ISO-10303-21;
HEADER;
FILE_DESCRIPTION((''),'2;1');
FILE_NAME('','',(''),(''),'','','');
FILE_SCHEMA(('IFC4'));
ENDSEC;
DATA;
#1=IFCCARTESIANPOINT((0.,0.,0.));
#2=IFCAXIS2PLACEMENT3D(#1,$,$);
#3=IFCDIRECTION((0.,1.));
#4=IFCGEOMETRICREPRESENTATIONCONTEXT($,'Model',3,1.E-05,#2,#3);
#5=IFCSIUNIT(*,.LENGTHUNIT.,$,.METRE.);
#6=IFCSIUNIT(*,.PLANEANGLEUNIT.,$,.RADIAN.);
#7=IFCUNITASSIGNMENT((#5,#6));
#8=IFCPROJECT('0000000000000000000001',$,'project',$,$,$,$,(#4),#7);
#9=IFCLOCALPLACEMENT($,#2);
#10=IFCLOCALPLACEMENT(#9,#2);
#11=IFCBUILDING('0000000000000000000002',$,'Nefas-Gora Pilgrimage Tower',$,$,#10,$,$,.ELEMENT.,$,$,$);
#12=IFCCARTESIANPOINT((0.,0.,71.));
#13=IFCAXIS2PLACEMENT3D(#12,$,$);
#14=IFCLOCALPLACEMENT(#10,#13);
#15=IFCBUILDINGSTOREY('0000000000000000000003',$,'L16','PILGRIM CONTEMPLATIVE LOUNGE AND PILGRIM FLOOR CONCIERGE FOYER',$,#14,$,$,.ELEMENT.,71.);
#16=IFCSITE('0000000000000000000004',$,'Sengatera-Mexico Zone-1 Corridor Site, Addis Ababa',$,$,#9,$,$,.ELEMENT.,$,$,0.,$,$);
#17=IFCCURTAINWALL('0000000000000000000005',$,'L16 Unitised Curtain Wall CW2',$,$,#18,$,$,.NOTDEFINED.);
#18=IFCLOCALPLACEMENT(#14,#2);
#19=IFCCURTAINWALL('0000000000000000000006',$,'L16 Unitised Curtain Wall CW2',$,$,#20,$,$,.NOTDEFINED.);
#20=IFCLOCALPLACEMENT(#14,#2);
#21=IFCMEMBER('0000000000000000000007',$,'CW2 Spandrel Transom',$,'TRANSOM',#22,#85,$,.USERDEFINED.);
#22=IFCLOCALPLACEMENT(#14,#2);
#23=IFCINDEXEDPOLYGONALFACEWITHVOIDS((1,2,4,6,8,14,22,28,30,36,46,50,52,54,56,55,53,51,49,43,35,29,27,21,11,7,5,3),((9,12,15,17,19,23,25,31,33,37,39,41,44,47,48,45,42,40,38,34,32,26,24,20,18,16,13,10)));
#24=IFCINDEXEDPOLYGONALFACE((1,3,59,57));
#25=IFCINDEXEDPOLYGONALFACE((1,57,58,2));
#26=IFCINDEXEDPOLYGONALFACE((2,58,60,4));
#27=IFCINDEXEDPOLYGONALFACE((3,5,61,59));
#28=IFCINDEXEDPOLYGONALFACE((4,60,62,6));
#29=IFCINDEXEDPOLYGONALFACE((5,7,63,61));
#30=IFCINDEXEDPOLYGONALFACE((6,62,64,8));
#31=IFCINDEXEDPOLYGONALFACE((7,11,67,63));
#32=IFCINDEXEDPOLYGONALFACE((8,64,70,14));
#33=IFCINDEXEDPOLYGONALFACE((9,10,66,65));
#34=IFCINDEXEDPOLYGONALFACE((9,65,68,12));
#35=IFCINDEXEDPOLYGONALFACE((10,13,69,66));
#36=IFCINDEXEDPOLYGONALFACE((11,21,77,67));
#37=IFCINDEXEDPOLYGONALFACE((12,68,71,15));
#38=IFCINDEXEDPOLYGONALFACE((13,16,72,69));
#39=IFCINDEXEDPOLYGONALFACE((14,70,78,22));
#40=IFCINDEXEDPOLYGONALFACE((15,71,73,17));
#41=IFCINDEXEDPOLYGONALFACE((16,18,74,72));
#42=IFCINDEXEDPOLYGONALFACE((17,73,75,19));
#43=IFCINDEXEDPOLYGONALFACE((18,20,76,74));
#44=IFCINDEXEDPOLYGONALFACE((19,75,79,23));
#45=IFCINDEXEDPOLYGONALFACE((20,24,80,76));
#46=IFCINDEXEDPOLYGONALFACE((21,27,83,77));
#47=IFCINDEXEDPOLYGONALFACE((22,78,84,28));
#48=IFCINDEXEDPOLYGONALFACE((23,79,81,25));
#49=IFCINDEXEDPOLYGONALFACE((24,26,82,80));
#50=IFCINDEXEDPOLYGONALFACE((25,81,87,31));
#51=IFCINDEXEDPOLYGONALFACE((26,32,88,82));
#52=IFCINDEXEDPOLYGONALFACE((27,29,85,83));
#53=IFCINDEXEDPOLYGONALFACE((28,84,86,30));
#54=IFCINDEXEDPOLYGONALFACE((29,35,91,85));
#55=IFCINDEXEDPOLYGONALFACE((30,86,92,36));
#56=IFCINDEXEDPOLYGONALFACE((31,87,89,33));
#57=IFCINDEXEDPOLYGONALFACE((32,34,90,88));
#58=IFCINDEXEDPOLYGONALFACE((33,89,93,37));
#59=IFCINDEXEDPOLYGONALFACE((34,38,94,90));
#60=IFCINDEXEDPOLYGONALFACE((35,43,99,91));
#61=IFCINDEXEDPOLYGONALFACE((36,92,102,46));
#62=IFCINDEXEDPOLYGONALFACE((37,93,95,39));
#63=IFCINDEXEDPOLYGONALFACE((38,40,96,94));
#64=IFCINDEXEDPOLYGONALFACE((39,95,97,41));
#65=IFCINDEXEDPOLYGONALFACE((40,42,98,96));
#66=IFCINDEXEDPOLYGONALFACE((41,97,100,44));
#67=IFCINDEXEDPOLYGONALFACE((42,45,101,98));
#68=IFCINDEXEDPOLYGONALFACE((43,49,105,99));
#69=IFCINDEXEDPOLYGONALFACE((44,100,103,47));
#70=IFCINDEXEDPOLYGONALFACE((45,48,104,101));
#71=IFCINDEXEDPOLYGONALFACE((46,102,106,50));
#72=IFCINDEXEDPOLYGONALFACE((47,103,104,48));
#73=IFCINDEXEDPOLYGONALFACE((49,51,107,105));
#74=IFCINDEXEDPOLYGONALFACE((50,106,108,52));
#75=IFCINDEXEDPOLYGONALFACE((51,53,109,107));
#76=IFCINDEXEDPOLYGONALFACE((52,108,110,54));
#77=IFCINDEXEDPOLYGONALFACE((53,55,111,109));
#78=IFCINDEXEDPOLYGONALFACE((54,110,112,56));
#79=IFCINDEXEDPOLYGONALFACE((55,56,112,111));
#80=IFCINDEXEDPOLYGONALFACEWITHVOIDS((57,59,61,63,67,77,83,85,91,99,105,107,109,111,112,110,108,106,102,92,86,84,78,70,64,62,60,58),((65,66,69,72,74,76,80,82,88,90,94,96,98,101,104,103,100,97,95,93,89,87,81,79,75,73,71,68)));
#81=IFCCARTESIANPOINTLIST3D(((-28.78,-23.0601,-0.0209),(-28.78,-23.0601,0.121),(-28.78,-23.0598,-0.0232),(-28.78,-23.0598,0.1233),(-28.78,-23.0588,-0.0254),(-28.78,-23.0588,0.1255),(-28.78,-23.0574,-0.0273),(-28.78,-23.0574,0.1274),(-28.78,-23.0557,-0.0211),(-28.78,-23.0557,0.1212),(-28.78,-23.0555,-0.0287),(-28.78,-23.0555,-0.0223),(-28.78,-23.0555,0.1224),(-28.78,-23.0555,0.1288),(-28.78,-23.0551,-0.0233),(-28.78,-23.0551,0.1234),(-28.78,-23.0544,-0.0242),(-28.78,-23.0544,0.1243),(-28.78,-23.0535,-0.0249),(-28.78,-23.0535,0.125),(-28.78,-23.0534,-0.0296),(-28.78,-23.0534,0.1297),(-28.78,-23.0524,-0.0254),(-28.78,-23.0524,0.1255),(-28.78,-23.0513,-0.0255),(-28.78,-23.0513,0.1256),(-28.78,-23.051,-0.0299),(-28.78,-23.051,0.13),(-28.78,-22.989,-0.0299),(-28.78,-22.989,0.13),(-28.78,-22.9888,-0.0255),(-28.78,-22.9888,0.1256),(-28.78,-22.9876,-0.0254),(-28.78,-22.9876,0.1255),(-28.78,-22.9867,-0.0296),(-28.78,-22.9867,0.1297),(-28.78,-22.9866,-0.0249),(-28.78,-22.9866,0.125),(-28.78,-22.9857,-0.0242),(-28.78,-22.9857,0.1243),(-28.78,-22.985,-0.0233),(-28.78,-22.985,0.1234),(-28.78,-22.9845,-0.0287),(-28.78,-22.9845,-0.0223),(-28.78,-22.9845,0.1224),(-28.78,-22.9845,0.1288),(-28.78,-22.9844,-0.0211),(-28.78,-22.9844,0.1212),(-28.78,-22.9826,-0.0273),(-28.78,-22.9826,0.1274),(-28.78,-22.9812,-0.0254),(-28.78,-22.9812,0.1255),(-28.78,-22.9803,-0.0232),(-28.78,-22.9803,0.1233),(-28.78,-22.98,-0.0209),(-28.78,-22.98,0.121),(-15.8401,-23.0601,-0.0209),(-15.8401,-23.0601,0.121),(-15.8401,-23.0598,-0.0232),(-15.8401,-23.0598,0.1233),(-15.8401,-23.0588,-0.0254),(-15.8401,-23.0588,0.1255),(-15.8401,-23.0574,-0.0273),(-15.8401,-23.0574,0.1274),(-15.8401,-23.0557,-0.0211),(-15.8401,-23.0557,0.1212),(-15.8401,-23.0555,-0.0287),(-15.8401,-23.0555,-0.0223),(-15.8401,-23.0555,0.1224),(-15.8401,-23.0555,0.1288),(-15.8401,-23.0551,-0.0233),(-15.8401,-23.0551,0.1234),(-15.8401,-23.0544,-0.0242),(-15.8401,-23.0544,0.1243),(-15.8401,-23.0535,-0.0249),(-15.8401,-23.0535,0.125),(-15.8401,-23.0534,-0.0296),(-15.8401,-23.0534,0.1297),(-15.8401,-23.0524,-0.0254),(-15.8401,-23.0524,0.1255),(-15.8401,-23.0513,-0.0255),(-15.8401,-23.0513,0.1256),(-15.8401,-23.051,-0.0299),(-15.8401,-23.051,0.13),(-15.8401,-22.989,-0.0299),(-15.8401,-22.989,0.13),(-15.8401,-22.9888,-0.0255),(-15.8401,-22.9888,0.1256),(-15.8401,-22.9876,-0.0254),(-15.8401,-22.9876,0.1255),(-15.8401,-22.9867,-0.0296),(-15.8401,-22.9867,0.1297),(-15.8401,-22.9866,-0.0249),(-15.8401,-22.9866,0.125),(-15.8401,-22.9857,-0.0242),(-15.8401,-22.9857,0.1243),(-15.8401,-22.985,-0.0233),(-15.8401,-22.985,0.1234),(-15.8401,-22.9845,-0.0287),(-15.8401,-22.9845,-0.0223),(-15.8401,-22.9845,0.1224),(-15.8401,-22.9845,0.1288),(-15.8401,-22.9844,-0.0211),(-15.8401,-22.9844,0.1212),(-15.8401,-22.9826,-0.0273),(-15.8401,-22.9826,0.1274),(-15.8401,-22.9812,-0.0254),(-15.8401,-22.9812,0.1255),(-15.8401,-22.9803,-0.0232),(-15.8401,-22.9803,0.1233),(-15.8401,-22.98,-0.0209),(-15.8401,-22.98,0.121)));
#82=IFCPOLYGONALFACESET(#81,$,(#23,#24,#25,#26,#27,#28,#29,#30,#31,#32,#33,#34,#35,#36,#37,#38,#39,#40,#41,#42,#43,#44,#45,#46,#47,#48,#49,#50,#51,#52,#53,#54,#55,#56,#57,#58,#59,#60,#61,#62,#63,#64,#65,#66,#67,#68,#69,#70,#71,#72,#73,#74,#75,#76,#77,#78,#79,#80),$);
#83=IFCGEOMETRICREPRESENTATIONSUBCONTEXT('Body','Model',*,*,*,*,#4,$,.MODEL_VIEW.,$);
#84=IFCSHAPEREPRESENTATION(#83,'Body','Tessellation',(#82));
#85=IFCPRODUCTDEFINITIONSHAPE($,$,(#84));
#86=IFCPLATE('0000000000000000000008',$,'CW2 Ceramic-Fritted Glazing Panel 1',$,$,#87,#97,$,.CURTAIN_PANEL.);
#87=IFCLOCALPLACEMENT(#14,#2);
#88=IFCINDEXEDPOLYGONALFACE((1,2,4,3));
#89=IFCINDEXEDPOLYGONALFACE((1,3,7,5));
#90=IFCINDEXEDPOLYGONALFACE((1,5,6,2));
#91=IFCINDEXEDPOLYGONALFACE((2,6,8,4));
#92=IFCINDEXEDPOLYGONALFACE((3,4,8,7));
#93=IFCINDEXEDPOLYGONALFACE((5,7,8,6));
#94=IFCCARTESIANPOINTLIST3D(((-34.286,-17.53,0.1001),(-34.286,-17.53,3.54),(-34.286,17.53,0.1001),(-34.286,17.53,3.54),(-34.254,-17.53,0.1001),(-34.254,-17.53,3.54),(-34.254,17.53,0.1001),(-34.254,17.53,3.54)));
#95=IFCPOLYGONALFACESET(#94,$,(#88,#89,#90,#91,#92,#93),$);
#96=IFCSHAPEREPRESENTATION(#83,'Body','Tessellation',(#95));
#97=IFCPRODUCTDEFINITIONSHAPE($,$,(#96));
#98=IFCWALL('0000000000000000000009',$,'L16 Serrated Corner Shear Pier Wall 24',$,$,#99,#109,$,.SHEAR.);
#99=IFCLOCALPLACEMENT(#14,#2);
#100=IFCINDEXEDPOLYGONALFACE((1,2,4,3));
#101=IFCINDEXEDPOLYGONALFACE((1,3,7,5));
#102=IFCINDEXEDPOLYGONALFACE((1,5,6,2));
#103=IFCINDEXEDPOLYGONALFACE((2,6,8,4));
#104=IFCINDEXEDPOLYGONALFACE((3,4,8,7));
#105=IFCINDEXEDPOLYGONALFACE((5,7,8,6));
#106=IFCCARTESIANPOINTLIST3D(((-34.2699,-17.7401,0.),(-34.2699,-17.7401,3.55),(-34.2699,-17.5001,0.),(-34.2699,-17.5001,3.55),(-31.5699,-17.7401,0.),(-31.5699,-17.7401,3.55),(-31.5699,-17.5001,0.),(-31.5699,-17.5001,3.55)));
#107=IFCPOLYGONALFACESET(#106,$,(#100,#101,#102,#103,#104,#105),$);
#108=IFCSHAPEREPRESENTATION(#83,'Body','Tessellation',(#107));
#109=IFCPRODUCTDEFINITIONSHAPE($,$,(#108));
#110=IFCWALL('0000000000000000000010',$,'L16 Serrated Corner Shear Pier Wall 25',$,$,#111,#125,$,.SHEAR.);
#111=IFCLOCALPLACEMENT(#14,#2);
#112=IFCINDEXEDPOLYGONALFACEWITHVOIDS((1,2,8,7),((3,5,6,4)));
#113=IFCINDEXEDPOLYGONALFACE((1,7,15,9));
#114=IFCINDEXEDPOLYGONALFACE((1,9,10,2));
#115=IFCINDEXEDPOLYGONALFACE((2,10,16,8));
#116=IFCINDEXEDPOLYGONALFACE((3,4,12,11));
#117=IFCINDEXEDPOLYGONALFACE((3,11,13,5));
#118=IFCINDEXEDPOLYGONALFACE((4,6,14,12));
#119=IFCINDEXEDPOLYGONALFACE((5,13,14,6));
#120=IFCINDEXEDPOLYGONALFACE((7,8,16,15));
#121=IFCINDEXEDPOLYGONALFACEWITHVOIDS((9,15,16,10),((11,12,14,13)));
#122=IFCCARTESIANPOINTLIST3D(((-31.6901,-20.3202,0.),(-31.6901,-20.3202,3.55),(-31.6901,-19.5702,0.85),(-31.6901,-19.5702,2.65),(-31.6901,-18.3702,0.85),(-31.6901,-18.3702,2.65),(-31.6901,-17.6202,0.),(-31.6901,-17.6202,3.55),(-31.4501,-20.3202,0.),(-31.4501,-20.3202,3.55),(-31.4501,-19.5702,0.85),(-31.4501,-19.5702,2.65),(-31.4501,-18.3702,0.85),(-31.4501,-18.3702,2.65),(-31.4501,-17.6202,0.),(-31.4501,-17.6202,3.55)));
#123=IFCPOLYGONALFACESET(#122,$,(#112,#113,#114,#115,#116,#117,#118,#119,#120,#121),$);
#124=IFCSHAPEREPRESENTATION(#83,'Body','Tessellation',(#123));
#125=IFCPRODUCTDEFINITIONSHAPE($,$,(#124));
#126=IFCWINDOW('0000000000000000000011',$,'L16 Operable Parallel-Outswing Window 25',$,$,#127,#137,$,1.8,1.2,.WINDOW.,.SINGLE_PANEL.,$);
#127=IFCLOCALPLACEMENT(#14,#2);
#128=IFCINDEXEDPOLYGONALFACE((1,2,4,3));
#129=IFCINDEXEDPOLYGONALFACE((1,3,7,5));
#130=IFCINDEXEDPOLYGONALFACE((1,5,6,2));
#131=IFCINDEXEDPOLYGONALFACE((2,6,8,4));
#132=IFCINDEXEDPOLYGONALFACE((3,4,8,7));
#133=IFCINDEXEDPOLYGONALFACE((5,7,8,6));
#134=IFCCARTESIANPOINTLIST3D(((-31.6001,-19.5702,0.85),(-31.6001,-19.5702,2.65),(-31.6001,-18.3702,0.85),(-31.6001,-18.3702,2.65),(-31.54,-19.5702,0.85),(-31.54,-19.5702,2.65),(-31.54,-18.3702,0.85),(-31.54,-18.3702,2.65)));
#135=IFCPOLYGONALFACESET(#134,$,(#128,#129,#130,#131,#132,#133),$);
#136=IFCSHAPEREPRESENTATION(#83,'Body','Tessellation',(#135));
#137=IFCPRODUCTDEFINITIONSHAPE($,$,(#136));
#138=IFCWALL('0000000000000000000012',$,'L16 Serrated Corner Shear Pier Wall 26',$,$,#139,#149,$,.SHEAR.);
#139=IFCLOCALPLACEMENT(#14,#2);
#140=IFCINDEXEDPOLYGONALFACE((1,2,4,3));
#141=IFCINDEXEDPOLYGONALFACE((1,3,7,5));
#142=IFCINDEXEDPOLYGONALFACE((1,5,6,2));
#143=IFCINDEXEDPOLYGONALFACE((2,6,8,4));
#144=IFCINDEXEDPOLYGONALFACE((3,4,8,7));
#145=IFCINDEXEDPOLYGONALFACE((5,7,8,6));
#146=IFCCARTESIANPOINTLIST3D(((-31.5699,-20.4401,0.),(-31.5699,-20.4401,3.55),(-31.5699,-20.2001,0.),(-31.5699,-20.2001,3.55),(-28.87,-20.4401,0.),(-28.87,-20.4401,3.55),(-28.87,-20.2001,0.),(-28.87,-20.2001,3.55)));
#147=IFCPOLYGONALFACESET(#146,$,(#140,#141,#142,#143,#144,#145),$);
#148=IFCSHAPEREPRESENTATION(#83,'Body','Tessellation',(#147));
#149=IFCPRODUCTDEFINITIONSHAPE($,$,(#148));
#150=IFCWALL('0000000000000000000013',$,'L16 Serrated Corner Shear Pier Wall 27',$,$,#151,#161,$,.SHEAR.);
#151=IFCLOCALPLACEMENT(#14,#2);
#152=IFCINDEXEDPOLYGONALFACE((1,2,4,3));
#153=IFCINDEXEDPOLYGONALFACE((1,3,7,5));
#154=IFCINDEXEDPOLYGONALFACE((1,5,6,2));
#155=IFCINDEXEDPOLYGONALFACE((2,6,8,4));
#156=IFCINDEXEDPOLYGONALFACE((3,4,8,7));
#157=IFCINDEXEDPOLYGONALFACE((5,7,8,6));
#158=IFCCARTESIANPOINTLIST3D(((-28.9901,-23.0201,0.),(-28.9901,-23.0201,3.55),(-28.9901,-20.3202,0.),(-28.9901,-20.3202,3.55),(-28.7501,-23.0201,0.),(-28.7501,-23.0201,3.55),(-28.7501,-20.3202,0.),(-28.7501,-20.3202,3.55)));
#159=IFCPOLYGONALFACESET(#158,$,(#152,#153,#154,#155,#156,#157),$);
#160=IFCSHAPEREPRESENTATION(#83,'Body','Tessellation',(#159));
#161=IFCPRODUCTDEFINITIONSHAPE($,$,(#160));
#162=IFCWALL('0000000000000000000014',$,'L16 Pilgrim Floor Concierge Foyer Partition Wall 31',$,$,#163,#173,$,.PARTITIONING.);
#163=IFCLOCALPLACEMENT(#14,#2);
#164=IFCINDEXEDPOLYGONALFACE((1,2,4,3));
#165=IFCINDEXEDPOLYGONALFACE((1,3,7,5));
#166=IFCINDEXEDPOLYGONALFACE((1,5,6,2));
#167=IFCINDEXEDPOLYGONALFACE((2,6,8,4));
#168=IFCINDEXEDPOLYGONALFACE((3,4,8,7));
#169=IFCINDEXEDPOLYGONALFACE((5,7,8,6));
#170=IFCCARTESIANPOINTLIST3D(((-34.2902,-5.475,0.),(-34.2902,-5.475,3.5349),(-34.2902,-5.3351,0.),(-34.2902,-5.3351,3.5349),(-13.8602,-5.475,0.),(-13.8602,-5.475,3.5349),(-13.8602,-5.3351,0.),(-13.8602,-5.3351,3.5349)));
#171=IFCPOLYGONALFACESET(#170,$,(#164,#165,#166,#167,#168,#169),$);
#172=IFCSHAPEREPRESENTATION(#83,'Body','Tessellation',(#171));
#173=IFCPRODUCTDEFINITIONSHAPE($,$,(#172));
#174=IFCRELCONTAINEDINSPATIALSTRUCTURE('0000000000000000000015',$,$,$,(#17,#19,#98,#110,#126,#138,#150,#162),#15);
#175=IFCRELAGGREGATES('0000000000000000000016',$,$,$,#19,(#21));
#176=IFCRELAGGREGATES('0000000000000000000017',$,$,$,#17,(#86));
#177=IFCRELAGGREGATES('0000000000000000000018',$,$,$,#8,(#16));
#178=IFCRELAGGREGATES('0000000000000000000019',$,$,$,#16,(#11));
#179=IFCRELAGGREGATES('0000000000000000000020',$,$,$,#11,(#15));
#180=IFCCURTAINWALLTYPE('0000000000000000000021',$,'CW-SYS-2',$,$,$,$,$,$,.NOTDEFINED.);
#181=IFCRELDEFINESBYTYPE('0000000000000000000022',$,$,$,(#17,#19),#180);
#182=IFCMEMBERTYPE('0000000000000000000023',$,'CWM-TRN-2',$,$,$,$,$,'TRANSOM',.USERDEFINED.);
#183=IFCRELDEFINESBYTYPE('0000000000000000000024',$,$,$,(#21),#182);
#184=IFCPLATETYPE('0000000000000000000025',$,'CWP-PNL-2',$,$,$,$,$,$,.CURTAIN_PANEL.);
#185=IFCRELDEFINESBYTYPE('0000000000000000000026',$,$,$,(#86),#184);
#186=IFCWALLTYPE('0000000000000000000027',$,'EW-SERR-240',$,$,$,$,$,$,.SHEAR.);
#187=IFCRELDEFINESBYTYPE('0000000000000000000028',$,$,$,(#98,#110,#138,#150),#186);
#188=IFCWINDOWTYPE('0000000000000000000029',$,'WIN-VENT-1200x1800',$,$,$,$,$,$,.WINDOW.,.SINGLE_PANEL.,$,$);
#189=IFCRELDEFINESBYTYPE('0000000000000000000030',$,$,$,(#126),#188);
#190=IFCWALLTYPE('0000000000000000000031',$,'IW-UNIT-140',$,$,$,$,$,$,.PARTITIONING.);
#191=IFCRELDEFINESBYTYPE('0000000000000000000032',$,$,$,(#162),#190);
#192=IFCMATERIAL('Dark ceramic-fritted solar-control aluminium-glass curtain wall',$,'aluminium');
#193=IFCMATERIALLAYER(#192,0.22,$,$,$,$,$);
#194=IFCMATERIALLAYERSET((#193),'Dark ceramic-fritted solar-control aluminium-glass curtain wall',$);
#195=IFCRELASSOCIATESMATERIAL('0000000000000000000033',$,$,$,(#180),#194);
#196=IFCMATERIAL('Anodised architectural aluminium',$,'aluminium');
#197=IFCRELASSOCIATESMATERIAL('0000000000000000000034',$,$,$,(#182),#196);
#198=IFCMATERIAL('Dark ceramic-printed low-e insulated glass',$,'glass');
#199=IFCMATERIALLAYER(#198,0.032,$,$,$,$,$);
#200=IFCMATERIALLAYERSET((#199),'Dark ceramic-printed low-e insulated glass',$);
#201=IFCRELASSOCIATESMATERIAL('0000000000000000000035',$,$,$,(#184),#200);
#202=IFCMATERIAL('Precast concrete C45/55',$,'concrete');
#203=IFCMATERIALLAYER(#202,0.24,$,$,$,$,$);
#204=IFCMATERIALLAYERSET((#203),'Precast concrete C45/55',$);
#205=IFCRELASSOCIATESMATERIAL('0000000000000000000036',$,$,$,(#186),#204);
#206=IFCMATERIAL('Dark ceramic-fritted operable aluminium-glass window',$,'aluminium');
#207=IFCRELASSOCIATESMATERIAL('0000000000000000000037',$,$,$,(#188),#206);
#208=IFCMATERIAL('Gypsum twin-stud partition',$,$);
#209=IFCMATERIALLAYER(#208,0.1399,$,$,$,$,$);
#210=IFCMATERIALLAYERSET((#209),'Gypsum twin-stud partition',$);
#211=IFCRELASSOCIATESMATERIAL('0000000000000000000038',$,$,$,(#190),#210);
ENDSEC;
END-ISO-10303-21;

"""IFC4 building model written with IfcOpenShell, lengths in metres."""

from ifc_helpers import new_model, si_unit, direction, frame, frame_2d, origin, origin_2d, place, context, subcontext, project, spatial, rectangle, hollow_rectangle, extrude, source, transform, mapped, material, layer, layer_set, material_profile, profile_set, type_object, element, fill, aggregate, save


model = new_model("IFC4")

# Units and contexts
model_context = context("Model", 3, precision=1e-05, world=origin(), true_north=direction((0.0, 1.0)))
body_context = subcontext(model_context, "Body", "Model", "MODEL_VIEW")
ifc_project = project(units=[si_unit("LENGTHUNIT", "METRE"), si_unit("PLANEANGLEUNIT", "RADIAN")], contexts=[model_context])

# Site, building, storey
site_placement = place(None, origin())
site = spatial("IfcSite", under=ifc_project, at=site_placement, Name="Sengatera-Mexico Zone-1 Corridor Site, Addis Ababa", CompositionType="ELEMENT", RefElevation=0.0)
building_placement = place(site_placement, origin())
building = spatial("IfcBuilding", under=site, at=building_placement, Name="Nefas-Gora Pilgrimage Tower", CompositionType="ELEMENT")
storey_placement = place(building_placement, frame((0.0, 0.0, 71.0)))
storey = spatial("IfcBuildingStorey", under=building, at=storey_placement, Name="L16", Description="PILGRIM CONTEMPLATIVE LOUNGE AND PILGRIM FLOOR CONCIERGE FOYER", CompositionType="ELEMENT", Elevation=71.0)

# Curtain wall
ifc_material_1 = material(Name="Dark ceramic-fritted solar-control aluminium-glass curtain wall", Category="aluminium")
ifc_layer_1 = layer(ifc_material_1, 0.22)
ifc_layer_set_1 = layer_set([ifc_layer_1], Name="Dark ceramic-fritted solar-control aluminium-glass curtain wall")
curtain_wall_type = type_object("IfcCurtainWallType", Name="CW-SYS-2", PredefinedType="NOTDEFINED", material=ifc_layer_set_1)
curtain_wall_1_placement = place(storey_placement, origin())
curtain_wall_1 = element("IfcCurtainWall", 1, at=curtain_wall_1_placement, inside=storey, type_object=curtain_wall_type, Name="L16 Unitised Curtain Wall CW2", PredefinedType="NOTDEFINED")
ifc_material_2 = material(Name="Anodised architectural aluminium", Category="aluminium")

# Curtain wall, member
curtain_wall_2_placement = place(storey_placement, origin())
curtain_wall_2 = element("IfcCurtainWall", 2, at=curtain_wall_2_placement, inside=storey, type_object=curtain_wall_type, Name="L16 Unitised Curtain Wall CW2", PredefinedType="NOTDEFINED")
ifc_material_profile_1 = material_profile(ifc_material_2, hollow_rectangle(XDim=0.0801, YDim=0.1599, WallThickness=0.0044, InnerFilletRadius=0.0044, OuterFilletRadius=0.009, at=origin_2d()), Name="ALU TRANSOM 80x160")
ifc_profile_set_1 = profile_set([ifc_material_profile_1], Name="Anodised architectural aluminium")
member_type_1 = type_object("IfcMemberType", Name="CWM-TRN-2", ElementType="TRANSOM", PredefinedType="USERDEFINED", material=ifc_profile_set_1)
shared_shape_1 = source(origin(), body_context, "Body", "SweptSolid", [
    extrude(hollow_rectangle(XDim=0.0801, YDim=0.1599, WallThickness=0.0044, InnerFilletRadius=0.0044, OuterFilletRadius=0.009, at=origin_2d()), origin(), (0.0, 0.0, 1.0), 12.9399),
])
member_1_placement = place(storey_placement, frame((-28.78, -23.02, 0.05), z_axis=(1.0, 0.0, 0.0), x_axis=(0.0, 1.0, 0.0)))
member_1 = element("IfcMember", 3, at=member_1_placement, type_object=member_type_1, Name="CW2 Spandrel Transom", ObjectType="TRANSOM", PredefinedType="USERDEFINED", context=body_context, shape_type="MappedRepresentation", body=[
    mapped(shared_shape_1, transform((0.0, 0.0, 0.0), x_axis=(1.0, 0.0, 0.0), y_axis=(0.0, 1.0, 0.0), z_axis=(0.0, 0.0, 1.0), scale=1.0)),
])
aggregate(curtain_wall_2, [member_1])

# Plate
ifc_material_3 = material(Name="Dark ceramic-printed low-e insulated glass", Category="glass")
ifc_layer_2 = layer(ifc_material_3, 0.032)
ifc_layer_set_2 = layer_set([ifc_layer_2], Name="Dark ceramic-printed low-e insulated glass")
plate_type = type_object("IfcPlateType", Name="CWP-PNL-2", PredefinedType="CURTAIN_PANEL", material=ifc_layer_set_2)
shared_shape_2 = source(origin(), body_context, "Body", "SweptSolid", [
    extrude(rectangle(XDim=35.0601, YDim=0.032, at=origin_2d()), origin(), (0.0, 0.0, 1.0), 3.4399),
])
plate_placement = place(storey_placement, frame((-34.27, 0.0, 0.1001), z_axis=(0.0, 0.0, 1.0), x_axis=(0.0, -1.0, 0.0)))
plate = element("IfcPlate", 4, at=plate_placement, type_object=plate_type, Name="CW2 Ceramic-Fritted Glazing Panel 1", PredefinedType="CURTAIN_PANEL", context=body_context, shape_type="MappedRepresentation", body=[
    mapped(shared_shape_2, transform((0.0, 0.0, 0.0), x_axis=(1.0, 0.0, 0.0), y_axis=(0.0, 1.0, 0.0), z_axis=(0.0, 0.0, 1.0), scale=1.0)),
])
aggregate(curtain_wall_1, [plate])

# Wall
ifc_material_4 = material(Name="Precast concrete C45/55", Category="concrete")
ifc_layer_3 = layer(ifc_material_4, 0.24)
ifc_layer_set_3 = layer_set([ifc_layer_3], Name="Precast concrete C45/55")
wall_type_1 = type_object("IfcWallType", Name="EW-SERR-240", PredefinedType="SHEAR", material=ifc_layer_set_3)
shared_shape_3 = source(origin(), body_context, "Body", "SweptSolid", [
    extrude(rectangle(XDim=2.7, YDim=0.24, at=frame_2d((1.3501, 0.0))), origin(), (0.0, 0.0, 1.0), 3.55),
])
wall_1_placement = place(storey_placement, frame((-34.27, -17.6201, 0.0), z_axis=(0.0, 0.0, 1.0), x_axis=(1.0, 0.0, 0.0)))
element("IfcWall", 5, at=wall_1_placement, inside=storey, type_object=wall_type_1, Name="L16 Serrated Corner Shear Pier Wall 24", PredefinedType="SHEAR", context=body_context, shape_type="MappedRepresentation", body=[
    mapped(shared_shape_3, transform((0.0, 0.0, 0.0), x_axis=(1.0, 0.0, 0.0), y_axis=(0.0, 1.0, 0.0), z_axis=(0.0, 0.0, 1.0), scale=1.0)),
])

# Wall, opening, window
wall_2_placement = place(storey_placement, frame((-31.5701, -17.6201, 0.0), z_axis=(0.0, 0.0, 1.0), x_axis=(0.0, -1.0, 0.0)))
wall_2 = element("IfcWall", 6, at=wall_2_placement, inside=storey, type_object=wall_type_1, Name="L16 Serrated Corner Shear Pier Wall 25", PredefinedType="SHEAR", context=body_context, shape_type="MappedRepresentation", body=[
    mapped(shared_shape_3, transform((0.0, 0.0, 0.0), x_axis=(1.0, 0.0, 0.0), y_axis=(0.0, 1.0, 0.0), z_axis=(0.0, 0.0, 1.0), scale=1.0)),
])
opening_placement = place(wall_2_placement, frame((0.75, 0.0, 0.8501)))
opening = element("IfcOpeningElement", 7, at=opening_placement, cuts=wall_2, PredefinedType="OPENING", context=body_context, shape_type="SweptSolid", body=[
    extrude(rectangle(XDim=1.2, YDim=1.8, at=frame_2d((0.6001, 0.8999))), frame((0.0, 0.1299, 0.0), z_axis=(0.0, -1.0, 0.0), x_axis=(1.0, 0.0, 0.0)), (0.0, 0.0, 1.0), 0.26),
])
ifc_material_5 = material(Name="Dark ceramic-fritted operable aluminium-glass window", Category="aluminium")
window_type = type_object("IfcWindowType", Name="WIN-VENT-1200x1800", PartitioningType="SINGLE_PANEL", PredefinedType="WINDOW", material=ifc_material_5)
shared_shape_4 = source(origin(), body_context, "Body", "SweptSolid", [
    extrude(rectangle(XDim=1.2, YDim=1.8, at=frame_2d((0.6001, 0.8999))), frame((0.0, 0.03, 0.0), z_axis=(0.0, -1.0, 0.0), x_axis=(1.0, 0.0, 0.0)), (0.0, 0.0, 1.0), 0.0601),
])
window_placement = place(opening_placement, origin())
window = element("IfcWindow", 8, at=window_placement, inside=storey, type_object=window_type, Name="L16 Operable Parallel-Outswing Window 25", OverallHeight=1.8, OverallWidth=1.2, PartitioningType="SINGLE_PANEL", PredefinedType="WINDOW", context=body_context, shape_type="MappedRepresentation", body=[
    mapped(shared_shape_4, transform((0.0, 0.0, 0.0), x_axis=(1.0, 0.0, 0.0), y_axis=(0.0, 1.0, 0.0), z_axis=(0.0, 0.0, 1.0), scale=1.0)),
])
fill(opening, window)

# Walls
for number, where, z_axis, x_axis, name in (
    (9, (-31.5701, -20.3201, 0.0), (0.0, 0.0, 1.0), (1.0, 0.0, 0.0), "L16 Serrated Corner Shear Pier Wall 26"),
    (10, (-28.8701, -20.3201, 0.0), (0.0, 0.0, 1.0), (0.0, -1.0, 0.0), "L16 Serrated Corner Shear Pier Wall 27"),
):
    element("IfcWall", number, at=place(storey_placement, frame(where, z_axis=z_axis, x_axis=x_axis)), inside=storey, type_object=wall_type_1, Name=name, PredefinedType="SHEAR", context=body_context, shape_type="MappedRepresentation", body=[
        mapped(shared_shape_3, transform((0.0, 0.0, 0.0), x_axis=(1.0, 0.0, 0.0), y_axis=(0.0, 1.0, 0.0), z_axis=(0.0, 0.0, 1.0), scale=1.0)),
    ])
ifc_material_6 = material(Name="Gypsum twin-stud partition")
ifc_layer_4 = layer(ifc_material_6, 0.1399)
ifc_layer_set_4 = layer_set([ifc_layer_4], Name="Gypsum twin-stud partition")
wall_type_2 = type_object("IfcWallType", Name="IW-UNIT-140", PredefinedType="PARTITIONING", material=ifc_layer_set_4)
shared_shape_5 = source(origin(), body_context, "Body", "SweptSolid", [
    extrude(rectangle(XDim=20.4299, YDim=0.1399, at=frame_2d((10.2148, 0.0))), origin(), (0.0, 0.0, 1.0), 3.5349),
])
wall_3_placement = place(storey_placement, frame((-34.29, -5.405, 0.0), z_axis=(0.0, 0.0, 1.0), x_axis=(1.0, 0.0, 0.0)))
element("IfcWall", 11, at=wall_3_placement, inside=storey, type_object=wall_type_2, Name="L16 Pilgrim Floor Concierge Foyer Partition Wall 31", PredefinedType="PARTITIONING", context=body_context, shape_type="MappedRepresentation", body=[
    mapped(shared_shape_5, transform((0.0, 0.0, 0.0), x_axis=(1.0, 0.0, 0.0), y_axis=(0.0, 1.0, 0.0), z_axis=(0.0, 0.0, 1.0), scale=1.0)),
])

save(model, "model.ifc")
